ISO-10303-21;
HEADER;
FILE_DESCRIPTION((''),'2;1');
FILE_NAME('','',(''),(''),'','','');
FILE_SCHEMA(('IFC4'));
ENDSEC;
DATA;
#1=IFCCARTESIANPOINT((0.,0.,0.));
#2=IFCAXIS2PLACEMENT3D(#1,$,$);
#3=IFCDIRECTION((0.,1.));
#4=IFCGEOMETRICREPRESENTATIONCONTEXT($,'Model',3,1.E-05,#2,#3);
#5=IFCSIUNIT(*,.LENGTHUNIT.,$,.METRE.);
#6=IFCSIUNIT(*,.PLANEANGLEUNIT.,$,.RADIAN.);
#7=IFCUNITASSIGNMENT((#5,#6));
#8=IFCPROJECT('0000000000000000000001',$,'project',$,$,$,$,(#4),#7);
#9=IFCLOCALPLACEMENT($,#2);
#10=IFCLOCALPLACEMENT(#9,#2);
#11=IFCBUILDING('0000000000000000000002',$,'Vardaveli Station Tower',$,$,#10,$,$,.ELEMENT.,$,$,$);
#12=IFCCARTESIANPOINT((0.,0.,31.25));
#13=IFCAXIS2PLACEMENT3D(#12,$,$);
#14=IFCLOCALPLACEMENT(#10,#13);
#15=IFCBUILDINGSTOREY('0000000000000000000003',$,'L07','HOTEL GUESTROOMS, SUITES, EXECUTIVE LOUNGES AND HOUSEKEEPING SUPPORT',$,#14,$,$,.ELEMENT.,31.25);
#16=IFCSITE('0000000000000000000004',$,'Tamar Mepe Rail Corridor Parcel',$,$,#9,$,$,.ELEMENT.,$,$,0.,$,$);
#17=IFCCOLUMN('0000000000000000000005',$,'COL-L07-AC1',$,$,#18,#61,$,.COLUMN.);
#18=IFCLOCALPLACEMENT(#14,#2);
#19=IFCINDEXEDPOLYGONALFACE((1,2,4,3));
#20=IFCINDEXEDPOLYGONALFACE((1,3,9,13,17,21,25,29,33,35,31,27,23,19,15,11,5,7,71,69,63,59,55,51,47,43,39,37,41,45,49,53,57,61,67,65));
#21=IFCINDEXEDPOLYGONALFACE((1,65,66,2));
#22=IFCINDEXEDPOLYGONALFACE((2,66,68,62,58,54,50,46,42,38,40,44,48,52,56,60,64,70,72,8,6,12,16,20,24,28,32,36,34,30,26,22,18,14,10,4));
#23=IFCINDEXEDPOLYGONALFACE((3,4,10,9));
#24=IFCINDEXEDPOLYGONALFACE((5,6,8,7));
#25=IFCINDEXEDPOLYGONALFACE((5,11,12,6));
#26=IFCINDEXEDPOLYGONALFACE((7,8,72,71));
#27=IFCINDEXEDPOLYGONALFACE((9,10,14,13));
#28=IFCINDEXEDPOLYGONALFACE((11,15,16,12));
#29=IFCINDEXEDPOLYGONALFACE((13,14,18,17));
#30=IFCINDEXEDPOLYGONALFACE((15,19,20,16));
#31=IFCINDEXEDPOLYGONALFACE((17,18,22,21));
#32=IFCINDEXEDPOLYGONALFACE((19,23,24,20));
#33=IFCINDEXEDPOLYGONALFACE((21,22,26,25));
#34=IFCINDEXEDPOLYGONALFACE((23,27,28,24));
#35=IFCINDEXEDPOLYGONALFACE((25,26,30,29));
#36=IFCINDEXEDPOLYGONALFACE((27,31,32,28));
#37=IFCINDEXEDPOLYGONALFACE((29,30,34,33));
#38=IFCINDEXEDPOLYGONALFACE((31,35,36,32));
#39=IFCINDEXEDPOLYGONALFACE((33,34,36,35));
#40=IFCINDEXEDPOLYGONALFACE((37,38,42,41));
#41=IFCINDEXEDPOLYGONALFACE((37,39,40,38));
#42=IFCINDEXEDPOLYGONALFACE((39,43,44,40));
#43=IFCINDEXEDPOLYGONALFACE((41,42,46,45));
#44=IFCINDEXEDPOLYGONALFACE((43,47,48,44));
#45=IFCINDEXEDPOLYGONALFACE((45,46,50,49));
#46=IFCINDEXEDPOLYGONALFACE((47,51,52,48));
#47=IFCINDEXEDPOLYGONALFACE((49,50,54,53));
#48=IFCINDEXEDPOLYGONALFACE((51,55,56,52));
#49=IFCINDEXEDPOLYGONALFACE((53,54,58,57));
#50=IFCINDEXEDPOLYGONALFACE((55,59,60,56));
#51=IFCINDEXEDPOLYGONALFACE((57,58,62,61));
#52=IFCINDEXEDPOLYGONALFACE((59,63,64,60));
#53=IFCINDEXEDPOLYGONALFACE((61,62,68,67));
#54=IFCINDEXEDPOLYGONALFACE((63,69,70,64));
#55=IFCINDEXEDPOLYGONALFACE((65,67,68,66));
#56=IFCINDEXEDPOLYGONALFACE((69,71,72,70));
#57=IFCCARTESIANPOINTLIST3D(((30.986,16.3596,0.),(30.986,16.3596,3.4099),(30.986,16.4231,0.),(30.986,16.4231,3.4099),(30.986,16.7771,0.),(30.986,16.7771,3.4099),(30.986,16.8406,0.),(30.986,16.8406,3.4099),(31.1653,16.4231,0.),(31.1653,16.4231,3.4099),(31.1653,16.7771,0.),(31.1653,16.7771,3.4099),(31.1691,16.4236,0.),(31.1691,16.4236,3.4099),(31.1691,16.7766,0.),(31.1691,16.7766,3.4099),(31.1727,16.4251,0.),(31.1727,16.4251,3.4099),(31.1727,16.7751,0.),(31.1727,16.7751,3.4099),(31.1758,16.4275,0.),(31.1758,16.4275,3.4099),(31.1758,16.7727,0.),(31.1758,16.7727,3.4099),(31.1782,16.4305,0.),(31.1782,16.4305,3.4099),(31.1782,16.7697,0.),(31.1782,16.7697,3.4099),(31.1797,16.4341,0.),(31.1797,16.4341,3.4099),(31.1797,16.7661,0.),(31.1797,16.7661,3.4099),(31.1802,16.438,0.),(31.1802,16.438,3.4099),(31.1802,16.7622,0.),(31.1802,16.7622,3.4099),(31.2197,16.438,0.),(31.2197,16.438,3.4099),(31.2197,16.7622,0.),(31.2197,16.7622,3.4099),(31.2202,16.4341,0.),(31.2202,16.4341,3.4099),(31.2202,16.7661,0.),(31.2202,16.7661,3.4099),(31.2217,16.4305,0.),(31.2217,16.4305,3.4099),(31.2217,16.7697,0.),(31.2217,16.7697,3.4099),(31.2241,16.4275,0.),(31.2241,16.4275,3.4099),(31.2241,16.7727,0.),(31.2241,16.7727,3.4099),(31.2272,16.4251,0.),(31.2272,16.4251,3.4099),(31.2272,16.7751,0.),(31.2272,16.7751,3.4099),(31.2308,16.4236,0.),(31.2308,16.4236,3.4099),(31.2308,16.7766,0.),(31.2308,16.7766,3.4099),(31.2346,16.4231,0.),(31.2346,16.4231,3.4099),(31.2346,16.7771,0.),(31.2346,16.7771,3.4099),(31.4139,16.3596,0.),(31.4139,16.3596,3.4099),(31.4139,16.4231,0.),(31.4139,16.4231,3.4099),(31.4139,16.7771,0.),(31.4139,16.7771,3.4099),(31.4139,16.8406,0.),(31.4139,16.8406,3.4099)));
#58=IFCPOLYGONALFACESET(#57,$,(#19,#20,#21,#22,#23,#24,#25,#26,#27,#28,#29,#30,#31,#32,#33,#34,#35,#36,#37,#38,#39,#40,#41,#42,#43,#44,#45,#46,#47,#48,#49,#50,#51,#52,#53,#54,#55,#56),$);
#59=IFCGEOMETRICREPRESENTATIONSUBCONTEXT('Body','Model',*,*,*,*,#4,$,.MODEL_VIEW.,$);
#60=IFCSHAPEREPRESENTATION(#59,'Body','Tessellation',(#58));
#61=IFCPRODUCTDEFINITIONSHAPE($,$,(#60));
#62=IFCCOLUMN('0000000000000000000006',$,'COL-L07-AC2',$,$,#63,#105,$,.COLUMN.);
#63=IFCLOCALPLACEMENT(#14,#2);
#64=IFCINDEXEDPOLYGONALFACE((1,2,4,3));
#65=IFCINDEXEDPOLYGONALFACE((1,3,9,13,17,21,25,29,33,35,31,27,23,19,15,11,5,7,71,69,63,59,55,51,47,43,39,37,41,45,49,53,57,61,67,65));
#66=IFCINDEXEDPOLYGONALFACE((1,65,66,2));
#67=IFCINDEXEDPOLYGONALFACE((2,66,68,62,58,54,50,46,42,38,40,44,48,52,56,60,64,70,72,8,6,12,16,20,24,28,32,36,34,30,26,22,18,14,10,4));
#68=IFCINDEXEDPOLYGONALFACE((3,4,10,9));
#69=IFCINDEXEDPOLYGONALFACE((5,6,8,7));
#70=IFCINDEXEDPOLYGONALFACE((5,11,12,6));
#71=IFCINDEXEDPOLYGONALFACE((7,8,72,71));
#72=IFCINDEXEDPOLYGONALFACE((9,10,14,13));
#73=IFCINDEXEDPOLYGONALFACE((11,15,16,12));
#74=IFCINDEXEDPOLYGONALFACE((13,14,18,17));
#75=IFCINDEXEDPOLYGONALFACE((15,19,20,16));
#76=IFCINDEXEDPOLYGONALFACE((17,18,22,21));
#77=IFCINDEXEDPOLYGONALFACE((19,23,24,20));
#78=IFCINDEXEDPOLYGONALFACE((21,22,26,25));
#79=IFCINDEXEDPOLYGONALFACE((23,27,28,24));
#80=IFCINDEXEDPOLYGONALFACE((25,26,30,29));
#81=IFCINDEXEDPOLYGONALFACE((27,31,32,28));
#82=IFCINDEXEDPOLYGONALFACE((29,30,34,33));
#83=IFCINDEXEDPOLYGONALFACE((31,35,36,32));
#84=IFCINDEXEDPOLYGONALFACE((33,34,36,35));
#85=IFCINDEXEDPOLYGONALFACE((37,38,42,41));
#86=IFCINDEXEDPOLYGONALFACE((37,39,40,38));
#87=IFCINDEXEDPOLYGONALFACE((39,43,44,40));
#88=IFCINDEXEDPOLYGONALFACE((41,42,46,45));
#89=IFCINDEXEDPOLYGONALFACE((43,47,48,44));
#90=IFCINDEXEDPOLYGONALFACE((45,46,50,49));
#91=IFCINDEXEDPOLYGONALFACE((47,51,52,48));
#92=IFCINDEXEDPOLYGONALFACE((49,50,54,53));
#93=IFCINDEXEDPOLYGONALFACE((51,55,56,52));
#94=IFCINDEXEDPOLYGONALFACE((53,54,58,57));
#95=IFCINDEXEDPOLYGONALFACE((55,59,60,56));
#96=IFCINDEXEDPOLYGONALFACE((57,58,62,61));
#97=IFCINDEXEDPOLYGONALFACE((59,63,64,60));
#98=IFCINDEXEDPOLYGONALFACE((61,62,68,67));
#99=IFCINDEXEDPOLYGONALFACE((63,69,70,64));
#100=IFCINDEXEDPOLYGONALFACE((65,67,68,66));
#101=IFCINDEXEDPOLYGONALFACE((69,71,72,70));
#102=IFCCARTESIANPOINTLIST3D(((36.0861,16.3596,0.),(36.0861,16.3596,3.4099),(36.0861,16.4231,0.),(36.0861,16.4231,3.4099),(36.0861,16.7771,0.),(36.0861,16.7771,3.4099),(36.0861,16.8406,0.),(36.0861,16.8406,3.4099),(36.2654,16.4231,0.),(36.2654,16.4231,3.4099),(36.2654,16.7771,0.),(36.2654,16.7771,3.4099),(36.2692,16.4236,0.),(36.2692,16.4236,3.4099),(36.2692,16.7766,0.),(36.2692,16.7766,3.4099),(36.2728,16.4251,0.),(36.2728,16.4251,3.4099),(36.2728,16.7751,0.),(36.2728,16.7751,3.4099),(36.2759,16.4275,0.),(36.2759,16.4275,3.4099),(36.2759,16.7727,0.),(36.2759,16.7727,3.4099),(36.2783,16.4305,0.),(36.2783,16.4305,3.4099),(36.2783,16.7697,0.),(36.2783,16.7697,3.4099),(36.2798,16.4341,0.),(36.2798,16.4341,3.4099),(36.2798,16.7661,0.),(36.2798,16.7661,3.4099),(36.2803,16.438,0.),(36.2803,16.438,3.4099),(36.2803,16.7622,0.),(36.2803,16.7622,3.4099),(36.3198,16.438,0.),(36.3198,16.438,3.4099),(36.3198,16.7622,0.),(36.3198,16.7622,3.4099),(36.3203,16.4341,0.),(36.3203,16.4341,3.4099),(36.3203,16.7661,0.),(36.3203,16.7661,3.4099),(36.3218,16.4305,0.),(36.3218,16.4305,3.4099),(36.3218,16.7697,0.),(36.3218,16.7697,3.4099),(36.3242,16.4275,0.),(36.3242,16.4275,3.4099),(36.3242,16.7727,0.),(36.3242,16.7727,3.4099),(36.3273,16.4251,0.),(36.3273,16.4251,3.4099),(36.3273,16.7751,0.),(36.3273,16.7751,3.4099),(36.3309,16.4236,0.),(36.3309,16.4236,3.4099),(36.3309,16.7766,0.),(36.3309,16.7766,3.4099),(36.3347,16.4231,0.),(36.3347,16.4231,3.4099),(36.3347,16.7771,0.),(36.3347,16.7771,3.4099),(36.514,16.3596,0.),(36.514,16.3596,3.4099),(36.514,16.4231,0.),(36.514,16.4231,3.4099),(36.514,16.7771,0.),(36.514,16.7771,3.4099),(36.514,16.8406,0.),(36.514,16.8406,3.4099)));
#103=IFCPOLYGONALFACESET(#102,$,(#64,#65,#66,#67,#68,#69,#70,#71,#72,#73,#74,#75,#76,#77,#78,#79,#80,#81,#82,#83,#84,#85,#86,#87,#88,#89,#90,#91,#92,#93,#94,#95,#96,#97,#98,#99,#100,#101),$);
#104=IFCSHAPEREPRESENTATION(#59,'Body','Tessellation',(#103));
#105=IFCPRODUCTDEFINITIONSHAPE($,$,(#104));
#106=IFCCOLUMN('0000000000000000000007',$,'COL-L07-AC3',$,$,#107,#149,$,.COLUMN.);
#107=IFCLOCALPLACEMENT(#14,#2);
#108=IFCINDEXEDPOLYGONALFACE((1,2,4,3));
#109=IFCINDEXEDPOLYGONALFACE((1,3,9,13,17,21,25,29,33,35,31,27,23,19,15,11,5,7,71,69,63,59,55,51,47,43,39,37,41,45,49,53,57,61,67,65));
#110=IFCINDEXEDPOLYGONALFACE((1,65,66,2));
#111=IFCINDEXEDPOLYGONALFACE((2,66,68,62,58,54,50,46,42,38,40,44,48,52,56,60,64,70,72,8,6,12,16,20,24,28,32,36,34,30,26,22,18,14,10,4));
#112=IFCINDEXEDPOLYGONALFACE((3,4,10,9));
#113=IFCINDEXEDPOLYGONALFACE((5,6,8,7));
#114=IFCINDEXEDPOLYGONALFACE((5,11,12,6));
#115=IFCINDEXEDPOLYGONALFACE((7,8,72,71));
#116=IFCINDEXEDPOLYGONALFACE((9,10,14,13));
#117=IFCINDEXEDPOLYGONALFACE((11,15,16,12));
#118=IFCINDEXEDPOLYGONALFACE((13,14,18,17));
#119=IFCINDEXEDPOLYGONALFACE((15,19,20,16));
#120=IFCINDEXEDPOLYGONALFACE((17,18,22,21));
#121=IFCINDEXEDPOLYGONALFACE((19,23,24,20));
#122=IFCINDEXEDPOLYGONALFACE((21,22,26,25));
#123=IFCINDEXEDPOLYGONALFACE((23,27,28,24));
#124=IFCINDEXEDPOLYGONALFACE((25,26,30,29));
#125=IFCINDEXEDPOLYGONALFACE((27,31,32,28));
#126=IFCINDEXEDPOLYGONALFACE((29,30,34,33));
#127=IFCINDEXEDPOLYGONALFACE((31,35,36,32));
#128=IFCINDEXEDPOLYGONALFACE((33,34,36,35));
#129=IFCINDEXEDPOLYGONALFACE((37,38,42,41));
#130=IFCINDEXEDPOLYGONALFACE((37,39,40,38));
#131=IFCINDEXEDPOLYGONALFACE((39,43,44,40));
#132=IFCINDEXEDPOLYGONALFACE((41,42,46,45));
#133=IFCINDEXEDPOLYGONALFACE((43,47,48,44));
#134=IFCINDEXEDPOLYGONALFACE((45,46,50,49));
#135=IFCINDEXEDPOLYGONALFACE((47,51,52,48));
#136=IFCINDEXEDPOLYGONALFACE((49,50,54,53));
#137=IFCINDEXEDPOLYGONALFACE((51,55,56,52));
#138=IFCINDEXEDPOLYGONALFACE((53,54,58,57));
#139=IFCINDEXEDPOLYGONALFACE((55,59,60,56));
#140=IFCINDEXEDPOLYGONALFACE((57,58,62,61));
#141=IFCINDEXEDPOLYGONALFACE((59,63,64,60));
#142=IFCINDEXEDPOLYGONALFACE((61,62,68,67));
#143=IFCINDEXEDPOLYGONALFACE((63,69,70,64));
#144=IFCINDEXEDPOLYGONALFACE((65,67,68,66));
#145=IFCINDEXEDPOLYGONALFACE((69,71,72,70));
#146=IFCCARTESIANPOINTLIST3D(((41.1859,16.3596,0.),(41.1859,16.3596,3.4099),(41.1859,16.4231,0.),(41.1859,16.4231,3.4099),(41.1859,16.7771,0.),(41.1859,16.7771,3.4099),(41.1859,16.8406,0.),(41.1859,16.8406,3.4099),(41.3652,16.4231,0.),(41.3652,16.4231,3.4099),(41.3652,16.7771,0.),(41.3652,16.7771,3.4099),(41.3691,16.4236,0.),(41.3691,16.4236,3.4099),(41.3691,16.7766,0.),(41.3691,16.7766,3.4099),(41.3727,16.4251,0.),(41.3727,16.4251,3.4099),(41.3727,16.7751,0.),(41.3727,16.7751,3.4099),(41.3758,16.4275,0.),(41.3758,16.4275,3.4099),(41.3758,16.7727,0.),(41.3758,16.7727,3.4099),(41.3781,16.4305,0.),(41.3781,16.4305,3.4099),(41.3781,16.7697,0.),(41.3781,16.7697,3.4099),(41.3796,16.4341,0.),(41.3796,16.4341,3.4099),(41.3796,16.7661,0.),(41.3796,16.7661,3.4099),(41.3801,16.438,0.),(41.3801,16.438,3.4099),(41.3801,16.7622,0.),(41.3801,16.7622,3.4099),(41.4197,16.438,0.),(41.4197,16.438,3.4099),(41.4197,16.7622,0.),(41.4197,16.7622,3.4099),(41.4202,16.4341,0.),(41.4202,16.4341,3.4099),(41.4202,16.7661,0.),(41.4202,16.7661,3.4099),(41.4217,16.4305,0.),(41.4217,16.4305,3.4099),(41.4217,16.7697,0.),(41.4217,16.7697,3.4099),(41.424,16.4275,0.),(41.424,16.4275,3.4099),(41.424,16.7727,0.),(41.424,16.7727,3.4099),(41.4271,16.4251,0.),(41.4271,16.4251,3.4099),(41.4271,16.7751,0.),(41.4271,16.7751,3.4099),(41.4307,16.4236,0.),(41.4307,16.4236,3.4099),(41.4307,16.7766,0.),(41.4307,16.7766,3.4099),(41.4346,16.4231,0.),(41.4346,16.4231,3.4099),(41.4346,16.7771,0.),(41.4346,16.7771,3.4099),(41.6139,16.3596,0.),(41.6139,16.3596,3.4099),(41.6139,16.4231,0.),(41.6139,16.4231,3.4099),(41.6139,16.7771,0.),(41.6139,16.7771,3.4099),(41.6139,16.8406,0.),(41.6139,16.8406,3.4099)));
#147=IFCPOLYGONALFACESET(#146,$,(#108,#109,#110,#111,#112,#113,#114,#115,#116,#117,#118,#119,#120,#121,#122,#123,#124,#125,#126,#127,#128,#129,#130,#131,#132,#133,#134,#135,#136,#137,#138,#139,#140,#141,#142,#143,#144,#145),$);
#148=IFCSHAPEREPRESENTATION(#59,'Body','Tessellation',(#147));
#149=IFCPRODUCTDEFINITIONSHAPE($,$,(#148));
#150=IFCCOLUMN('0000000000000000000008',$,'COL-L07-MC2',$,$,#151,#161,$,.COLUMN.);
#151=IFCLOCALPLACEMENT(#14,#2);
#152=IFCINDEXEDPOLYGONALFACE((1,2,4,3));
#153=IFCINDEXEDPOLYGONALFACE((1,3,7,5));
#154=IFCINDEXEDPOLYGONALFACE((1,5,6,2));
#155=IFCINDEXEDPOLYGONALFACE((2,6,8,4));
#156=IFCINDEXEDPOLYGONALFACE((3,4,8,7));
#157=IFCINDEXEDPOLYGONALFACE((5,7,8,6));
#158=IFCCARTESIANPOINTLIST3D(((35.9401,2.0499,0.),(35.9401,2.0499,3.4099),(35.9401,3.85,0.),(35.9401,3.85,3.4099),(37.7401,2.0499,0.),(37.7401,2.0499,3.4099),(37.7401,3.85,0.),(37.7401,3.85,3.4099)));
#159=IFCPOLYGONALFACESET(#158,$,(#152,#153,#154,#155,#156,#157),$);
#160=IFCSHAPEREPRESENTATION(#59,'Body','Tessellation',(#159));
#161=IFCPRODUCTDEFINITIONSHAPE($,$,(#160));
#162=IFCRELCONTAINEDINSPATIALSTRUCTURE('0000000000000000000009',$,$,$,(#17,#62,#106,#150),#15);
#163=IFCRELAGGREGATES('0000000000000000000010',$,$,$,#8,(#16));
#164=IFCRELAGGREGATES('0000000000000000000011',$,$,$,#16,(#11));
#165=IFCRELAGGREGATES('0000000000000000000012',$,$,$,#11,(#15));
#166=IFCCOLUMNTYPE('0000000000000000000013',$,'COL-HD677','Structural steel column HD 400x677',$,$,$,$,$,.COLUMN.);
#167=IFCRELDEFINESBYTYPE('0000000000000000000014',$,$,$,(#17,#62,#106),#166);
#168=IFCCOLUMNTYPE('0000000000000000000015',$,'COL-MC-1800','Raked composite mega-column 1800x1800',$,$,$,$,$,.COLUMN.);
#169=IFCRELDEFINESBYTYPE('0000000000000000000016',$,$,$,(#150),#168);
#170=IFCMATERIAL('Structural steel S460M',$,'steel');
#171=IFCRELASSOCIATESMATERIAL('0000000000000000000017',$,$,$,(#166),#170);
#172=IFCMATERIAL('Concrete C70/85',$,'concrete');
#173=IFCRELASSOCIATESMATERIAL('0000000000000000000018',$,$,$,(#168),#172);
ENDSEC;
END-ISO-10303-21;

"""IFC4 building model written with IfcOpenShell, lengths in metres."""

from ifc_helpers import new_model, si_unit, direction, frame, origin, origin_2d, place, context, subcontext, project, spatial, rectangle, i_section, extrude, source, transform, mapped, material, material_profile, profile_set, type_object, element, save


model = new_model("IFC4")

# Units and contexts
model_context = context("Model", 3, precision=1e-05, world=origin(), true_north=direction((0.0, 1.0)))
body_context = subcontext(model_context, "Body", "Model", "MODEL_VIEW")
ifc_project = project(units=[si_unit("LENGTHUNIT", "METRE"), si_unit("PLANEANGLEUNIT", "RADIAN")], contexts=[model_context])

# Site, building, storey
site_placement = place(None, origin())
site = spatial("IfcSite", under=ifc_project, at=site_placement, Name="Tamar Mepe Rail Corridor Parcel", CompositionType="ELEMENT", RefElevation=0.0)
building_placement = place(site_placement, origin())
building = spatial("IfcBuilding", under=site, at=building_placement, Name="Vardaveli Station Tower", CompositionType="ELEMENT")
storey_placement = place(building_placement, frame((0.0, 0.0, 31.25)))
storey = spatial("IfcBuildingStorey", under=building, at=storey_placement, Name="L07", Description="HOTEL GUESTROOMS, SUITES, EXECUTIVE LOUNGES AND HOUSEKEEPING SUPPORT", CompositionType="ELEMENT", Elevation=31.25)

# Columns
ifc_material_1 = material(Name="Structural steel S460M", Category="steel")
ifc_material_profile_1 = material_profile(ifc_material_1, i_section(OverallWidth=0.428, OverallDepth=0.481, WebThickness=0.0396, FlangeThickness=0.0635, FilletRadius=0.0149, at=origin_2d()), Name="HD 400x677")
ifc_profile_set_1 = profile_set([ifc_material_profile_1], Name="Structural steel S460M")
column_type_1 = type_object("IfcColumnType", Name="COL-HD677", Description="Structural steel column HD 400x677", PredefinedType="COLUMN", material=ifc_profile_set_1)
shared_shape_1 = source(origin(), body_context, "Body", "SweptSolid", [
    extrude(i_section(OverallWidth=0.428, OverallDepth=0.481, WebThickness=0.0396, FlangeThickness=0.0635, FilletRadius=0.0149, at=origin_2d()), origin(), (0.0, 0.0, 1.0), 3.4099),
])
for number, where, z_axis, x_axis, name in (
    (1, (31.2, 16.6001, 0.0), (0.0, 0.0, 1.0), (1.0, 0.0, 0.0), "COL-L07-AC1"),
    (2, (36.3, 16.6001, 0.0), (0.0, 0.0, 1.0), (1.0, 0.0, 0.0), "COL-L07-AC2"),
    (3, (41.3999, 16.6001, 0.0), (0.0, 0.0, 1.0), (1.0, 0.0, 0.0), "COL-L07-AC3"),
):
    element("IfcColumn", number, at=place(storey_placement, frame(where, z_axis=z_axis, x_axis=x_axis)), inside=storey, type_object=column_type_1, Name=name, PredefinedType="COLUMN", context=body_context, shape_type="MappedRepresentation", body=[
        mapped(shared_shape_1, transform((0.0, 0.0, 0.0), scale=1.0)),
    ])
ifc_material_2 = material(Name="Concrete C70/85", Category="concrete")
ifc_material_profile_2 = material_profile(ifc_material_2, rectangle(XDim=1.8, YDim=1.8, at=origin_2d()), Name="MC 1800x1800")
ifc_profile_set_2 = profile_set([ifc_material_profile_2], Name="Concrete C70/85")
column_type_2 = type_object("IfcColumnType", Name="COL-MC-1800", Description="Raked composite mega-column 1800x1800", PredefinedType="COLUMN", material=ifc_profile_set_2)
shared_shape_2 = source(origin(), body_context, "Body", "SweptSolid", [
    extrude(rectangle(XDim=1.8, YDim=1.8, at=origin_2d()), origin(), (0.0, 0.0, 1.0), 3.4099),
])
column_placement = place(storey_placement, frame((36.8401, 2.95, 0.0), z_axis=(0.0, 0.0, 1.0), x_axis=(1.0, 0.0, 0.0)))
element("IfcColumn", 4, at=column_placement, inside=storey, type_object=column_type_2, Name="COL-L07-MC2", PredefinedType="COLUMN", context=body_context, shape_type="MappedRepresentation", body=[
    mapped(shared_shape_2, transform((0.0, 0.0, 0.0), scale=1.0)),
])

save(model, "model.ifc")
